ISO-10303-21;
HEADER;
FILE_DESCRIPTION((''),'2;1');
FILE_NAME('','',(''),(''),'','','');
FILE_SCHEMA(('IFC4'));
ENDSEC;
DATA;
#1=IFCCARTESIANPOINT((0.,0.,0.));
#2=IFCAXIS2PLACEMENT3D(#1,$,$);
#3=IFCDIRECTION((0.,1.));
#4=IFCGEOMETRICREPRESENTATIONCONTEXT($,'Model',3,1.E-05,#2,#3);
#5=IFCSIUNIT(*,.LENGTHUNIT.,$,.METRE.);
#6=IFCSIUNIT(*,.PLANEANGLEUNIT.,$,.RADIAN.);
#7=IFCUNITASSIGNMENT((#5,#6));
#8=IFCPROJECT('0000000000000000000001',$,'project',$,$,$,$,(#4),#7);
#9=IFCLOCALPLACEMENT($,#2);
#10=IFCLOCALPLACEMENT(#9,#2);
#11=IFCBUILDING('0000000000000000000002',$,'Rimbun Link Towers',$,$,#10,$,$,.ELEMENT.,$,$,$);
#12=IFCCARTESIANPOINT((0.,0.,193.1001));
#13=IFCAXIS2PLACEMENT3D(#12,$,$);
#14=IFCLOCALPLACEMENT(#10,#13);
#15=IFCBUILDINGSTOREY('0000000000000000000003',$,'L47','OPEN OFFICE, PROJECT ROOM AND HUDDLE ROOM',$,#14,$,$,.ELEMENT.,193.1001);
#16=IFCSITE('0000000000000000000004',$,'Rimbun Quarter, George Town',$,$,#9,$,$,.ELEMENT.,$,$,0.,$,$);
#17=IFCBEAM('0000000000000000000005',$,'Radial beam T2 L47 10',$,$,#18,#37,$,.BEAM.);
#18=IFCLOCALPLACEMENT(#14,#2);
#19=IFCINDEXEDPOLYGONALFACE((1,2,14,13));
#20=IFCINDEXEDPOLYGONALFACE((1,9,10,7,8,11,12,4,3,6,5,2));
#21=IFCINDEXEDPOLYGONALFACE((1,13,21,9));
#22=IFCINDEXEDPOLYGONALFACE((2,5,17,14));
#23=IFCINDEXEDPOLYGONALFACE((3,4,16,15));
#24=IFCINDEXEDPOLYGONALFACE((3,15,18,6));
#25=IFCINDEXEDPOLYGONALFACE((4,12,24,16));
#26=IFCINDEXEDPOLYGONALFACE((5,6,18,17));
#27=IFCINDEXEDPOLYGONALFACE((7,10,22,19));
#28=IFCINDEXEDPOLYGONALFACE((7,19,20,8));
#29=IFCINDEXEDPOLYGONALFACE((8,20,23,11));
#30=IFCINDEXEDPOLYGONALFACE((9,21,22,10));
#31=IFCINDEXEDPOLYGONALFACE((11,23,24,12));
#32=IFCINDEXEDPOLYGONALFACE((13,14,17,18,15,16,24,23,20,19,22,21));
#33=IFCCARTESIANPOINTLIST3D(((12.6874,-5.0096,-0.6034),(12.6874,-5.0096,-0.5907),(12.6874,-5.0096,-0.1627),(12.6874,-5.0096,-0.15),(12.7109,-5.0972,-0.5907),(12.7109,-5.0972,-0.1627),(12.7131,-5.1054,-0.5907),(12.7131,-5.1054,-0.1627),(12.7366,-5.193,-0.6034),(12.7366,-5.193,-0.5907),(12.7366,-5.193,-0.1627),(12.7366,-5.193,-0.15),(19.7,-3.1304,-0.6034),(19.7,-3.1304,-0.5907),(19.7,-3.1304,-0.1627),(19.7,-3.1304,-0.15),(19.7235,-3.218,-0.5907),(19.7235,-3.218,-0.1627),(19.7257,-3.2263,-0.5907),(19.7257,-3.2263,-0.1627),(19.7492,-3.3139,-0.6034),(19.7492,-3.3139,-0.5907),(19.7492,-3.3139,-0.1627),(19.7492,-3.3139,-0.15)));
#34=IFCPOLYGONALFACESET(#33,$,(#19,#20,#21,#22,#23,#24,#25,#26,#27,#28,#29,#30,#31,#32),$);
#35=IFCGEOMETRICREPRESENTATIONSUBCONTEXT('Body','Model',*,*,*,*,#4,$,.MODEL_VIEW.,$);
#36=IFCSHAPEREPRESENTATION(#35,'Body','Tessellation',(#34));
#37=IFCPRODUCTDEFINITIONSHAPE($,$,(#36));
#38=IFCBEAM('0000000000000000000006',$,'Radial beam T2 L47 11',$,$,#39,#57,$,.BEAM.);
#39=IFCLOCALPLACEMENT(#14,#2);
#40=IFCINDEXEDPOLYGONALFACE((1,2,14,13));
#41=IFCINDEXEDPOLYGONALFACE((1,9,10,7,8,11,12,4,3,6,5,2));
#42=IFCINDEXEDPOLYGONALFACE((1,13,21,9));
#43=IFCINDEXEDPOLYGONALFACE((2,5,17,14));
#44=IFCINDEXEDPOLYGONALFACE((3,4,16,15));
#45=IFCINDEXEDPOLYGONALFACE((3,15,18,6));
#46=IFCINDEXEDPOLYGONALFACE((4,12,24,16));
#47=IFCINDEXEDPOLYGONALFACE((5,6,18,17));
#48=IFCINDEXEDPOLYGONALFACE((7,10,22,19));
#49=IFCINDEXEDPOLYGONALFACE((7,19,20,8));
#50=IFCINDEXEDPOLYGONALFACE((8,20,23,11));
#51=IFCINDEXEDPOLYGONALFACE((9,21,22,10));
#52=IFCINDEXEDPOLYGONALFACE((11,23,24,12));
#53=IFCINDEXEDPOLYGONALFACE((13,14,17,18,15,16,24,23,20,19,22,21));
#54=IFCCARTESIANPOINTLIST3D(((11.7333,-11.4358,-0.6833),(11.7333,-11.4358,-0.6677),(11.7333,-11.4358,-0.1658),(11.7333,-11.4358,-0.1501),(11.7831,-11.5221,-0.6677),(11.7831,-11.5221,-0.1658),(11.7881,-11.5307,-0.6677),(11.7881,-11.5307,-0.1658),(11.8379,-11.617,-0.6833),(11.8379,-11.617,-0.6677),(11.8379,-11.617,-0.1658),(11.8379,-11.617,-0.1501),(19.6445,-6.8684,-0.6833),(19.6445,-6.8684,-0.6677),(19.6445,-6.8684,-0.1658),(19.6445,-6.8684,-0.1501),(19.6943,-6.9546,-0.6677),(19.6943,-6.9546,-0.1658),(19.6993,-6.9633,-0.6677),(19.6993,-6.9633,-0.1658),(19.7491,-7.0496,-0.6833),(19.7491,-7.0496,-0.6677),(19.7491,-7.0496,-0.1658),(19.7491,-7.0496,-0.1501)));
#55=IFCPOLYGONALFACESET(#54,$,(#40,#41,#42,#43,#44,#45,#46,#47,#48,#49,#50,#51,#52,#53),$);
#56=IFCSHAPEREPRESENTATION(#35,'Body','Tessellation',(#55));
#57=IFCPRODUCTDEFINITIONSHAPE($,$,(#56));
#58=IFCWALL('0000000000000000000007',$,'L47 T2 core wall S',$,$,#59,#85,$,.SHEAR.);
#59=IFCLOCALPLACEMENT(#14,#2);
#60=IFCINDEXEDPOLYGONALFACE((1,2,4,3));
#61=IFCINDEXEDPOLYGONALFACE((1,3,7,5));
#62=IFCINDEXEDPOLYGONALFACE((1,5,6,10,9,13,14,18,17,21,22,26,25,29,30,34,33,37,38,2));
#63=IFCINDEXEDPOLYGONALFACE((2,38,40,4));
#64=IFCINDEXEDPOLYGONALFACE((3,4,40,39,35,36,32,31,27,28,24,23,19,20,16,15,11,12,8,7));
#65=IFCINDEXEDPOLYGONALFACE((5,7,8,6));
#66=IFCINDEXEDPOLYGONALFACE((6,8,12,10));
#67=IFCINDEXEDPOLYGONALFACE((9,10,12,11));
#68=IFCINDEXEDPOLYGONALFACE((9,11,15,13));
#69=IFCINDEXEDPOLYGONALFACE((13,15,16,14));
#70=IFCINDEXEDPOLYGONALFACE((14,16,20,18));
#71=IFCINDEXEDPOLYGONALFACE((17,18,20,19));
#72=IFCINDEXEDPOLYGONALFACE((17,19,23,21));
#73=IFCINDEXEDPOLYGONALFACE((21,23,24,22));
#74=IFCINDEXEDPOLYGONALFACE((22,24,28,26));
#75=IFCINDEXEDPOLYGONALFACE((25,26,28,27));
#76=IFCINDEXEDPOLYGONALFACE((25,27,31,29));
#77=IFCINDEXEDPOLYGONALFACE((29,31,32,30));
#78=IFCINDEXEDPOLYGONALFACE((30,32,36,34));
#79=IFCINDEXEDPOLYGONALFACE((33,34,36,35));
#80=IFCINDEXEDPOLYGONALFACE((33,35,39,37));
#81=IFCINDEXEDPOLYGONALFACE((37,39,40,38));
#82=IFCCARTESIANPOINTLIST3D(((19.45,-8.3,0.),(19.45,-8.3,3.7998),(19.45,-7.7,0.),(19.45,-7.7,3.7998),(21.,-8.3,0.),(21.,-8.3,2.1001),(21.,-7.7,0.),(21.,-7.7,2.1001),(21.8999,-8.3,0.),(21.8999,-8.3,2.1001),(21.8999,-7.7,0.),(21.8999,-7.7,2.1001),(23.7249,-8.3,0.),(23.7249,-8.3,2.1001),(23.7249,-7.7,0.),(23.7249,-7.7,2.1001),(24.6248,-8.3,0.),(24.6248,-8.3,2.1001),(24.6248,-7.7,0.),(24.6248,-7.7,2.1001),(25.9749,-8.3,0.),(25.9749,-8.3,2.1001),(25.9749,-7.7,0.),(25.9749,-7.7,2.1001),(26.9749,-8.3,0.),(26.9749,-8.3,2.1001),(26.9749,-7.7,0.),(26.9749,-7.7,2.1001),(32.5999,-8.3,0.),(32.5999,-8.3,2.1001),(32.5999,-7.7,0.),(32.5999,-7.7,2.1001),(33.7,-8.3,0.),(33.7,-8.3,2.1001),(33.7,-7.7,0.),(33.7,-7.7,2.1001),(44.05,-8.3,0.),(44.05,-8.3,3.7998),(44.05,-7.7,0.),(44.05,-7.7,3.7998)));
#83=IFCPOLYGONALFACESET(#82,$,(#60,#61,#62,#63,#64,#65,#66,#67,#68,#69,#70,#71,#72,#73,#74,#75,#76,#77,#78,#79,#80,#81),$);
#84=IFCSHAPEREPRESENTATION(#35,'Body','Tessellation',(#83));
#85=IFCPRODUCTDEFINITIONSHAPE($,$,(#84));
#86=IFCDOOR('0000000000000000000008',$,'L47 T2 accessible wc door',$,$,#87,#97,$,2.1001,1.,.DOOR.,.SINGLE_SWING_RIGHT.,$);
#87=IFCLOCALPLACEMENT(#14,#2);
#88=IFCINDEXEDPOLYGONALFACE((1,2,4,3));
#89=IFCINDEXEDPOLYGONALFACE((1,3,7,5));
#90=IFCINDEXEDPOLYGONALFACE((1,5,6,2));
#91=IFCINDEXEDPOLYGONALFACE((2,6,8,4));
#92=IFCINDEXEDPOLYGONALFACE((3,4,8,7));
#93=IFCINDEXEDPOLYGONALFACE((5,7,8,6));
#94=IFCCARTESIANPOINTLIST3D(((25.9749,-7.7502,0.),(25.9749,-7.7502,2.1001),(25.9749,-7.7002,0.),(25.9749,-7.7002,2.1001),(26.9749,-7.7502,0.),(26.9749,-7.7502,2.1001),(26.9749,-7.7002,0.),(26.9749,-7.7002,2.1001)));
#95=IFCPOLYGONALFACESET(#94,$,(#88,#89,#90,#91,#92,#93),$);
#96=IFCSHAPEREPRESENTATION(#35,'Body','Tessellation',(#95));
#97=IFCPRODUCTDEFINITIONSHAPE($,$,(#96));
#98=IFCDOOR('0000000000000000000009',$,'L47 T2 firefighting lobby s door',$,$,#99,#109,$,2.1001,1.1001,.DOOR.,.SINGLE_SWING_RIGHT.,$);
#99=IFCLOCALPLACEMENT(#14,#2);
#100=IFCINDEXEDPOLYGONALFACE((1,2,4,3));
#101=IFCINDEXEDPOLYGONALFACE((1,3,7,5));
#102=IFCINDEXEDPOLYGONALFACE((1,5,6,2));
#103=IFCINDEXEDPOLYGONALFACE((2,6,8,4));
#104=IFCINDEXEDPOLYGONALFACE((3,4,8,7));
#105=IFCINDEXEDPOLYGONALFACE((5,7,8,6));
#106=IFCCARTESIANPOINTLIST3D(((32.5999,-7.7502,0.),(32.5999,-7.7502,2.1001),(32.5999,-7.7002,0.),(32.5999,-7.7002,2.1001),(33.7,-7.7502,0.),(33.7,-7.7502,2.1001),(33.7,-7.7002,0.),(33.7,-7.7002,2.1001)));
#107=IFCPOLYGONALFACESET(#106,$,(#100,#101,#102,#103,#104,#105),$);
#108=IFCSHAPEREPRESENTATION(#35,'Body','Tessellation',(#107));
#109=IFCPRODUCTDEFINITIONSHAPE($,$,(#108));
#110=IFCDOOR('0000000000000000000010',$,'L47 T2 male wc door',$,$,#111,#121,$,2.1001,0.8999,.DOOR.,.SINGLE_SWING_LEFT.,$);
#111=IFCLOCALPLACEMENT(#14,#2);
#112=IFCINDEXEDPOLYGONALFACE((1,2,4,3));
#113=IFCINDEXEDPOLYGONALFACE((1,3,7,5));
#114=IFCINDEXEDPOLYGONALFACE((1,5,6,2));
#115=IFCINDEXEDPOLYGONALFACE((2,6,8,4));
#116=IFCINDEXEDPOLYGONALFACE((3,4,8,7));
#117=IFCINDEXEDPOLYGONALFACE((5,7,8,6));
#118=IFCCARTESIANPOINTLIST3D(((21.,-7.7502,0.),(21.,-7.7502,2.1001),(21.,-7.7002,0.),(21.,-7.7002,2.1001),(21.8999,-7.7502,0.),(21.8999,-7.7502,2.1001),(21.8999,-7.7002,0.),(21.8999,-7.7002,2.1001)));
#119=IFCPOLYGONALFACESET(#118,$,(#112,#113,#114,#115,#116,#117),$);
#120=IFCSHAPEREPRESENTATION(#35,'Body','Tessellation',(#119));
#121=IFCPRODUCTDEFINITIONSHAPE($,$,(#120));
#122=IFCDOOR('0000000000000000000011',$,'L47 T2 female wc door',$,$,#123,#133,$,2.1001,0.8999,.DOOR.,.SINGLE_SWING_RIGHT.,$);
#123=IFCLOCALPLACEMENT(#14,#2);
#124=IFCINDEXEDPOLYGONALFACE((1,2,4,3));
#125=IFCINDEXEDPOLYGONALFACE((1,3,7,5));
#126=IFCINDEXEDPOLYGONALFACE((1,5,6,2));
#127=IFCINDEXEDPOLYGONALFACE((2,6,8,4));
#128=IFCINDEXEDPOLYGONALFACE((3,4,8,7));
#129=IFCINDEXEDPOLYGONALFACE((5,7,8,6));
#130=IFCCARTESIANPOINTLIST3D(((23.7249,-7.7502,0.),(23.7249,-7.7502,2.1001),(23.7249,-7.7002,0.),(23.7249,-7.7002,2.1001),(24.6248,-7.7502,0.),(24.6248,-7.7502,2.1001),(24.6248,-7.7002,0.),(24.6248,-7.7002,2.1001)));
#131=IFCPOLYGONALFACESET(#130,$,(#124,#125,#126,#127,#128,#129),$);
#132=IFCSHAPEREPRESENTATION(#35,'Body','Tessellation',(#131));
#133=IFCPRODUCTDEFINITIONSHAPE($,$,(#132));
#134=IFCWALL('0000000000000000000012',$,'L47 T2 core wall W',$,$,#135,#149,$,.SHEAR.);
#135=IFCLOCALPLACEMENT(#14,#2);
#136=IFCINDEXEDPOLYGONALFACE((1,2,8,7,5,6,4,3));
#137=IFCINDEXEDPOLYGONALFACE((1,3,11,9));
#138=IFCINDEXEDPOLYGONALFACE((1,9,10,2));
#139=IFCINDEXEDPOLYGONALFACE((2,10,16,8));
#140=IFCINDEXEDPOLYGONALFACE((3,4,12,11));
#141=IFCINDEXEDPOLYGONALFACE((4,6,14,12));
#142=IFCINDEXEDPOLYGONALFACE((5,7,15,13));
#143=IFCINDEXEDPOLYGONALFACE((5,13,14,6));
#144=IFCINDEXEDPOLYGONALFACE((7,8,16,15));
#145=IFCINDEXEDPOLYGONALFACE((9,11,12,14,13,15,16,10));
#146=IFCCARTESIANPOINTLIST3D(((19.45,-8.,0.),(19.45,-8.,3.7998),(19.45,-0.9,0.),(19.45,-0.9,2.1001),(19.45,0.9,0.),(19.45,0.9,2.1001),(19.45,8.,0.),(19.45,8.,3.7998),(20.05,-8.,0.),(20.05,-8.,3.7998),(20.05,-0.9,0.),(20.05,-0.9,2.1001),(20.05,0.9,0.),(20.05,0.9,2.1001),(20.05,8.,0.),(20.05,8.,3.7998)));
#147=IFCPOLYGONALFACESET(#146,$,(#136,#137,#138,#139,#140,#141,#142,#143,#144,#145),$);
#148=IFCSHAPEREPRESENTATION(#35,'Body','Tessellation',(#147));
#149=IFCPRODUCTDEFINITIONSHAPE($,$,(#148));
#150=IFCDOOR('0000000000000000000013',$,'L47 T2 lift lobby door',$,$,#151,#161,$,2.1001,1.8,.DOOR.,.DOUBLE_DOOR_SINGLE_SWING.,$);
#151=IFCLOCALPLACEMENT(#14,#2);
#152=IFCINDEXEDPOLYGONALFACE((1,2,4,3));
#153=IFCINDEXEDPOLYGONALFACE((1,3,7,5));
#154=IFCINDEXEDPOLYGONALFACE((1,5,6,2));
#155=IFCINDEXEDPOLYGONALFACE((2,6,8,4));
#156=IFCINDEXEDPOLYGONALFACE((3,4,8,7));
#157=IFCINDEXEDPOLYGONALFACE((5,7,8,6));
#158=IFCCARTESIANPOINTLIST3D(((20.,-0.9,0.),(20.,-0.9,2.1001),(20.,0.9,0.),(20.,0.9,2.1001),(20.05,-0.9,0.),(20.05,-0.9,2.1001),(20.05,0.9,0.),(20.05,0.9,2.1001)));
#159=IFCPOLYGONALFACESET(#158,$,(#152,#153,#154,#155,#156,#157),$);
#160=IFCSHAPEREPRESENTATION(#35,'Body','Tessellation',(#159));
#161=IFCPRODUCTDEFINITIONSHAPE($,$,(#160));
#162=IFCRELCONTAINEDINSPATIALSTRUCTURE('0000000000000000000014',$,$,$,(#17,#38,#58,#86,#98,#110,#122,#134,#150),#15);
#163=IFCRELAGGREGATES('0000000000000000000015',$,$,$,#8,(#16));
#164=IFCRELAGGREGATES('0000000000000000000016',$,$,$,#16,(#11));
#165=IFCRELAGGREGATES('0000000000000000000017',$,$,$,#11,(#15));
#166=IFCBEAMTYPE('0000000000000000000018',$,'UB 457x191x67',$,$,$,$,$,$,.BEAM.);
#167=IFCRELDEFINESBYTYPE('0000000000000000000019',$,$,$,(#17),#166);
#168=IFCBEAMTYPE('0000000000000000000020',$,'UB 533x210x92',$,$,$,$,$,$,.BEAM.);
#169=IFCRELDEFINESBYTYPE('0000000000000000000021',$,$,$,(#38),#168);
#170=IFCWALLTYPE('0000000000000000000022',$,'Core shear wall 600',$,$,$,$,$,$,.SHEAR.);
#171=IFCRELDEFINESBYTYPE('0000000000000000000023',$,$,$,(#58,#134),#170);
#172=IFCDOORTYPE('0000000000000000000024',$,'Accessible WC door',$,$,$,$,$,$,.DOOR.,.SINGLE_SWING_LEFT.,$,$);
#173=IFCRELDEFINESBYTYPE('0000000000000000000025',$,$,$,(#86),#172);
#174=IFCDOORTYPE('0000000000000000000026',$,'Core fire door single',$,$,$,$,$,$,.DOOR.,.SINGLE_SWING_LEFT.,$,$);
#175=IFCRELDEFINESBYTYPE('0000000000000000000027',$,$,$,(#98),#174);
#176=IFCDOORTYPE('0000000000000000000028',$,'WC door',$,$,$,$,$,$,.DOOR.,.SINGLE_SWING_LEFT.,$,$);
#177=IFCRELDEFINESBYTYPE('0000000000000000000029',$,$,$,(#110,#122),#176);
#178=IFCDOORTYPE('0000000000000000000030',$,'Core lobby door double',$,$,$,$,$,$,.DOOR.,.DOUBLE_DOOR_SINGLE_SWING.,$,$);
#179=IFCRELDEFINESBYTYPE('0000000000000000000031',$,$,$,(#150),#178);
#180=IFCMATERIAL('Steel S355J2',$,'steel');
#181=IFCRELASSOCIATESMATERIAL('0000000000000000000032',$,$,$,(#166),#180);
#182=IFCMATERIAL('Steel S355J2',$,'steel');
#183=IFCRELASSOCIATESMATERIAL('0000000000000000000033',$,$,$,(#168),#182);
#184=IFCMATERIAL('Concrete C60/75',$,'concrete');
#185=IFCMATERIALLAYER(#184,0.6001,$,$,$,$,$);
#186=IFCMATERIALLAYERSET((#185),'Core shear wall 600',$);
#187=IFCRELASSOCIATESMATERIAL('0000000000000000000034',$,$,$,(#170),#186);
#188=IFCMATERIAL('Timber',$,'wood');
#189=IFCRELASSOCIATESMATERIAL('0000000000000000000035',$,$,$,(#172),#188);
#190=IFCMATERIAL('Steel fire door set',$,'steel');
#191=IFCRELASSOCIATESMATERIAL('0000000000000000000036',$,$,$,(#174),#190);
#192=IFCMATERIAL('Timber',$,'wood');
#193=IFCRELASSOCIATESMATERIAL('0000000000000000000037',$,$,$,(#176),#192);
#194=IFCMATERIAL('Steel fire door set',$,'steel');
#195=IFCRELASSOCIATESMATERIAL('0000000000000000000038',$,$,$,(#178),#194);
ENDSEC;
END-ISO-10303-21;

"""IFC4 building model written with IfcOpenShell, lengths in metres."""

from ifc_helpers import new_model, si_unit, direction, frame, frame_2d, origin, origin_2d, place, context, subcontext, project, spatial, rectangle, i_section, extrude, material, layer, layer_set, material_profile, profile_set, type_object, element, fill, save


model = new_model("IFC4")

# Units and contexts
model_context = context("Model", 3, precision=1e-05, world=origin(), true_north=direction((0.0, 1.0)))
body_context = subcontext(model_context, "Body", "Model", "MODEL_VIEW")
ifc_project = project(units=[si_unit("LENGTHUNIT", "METRE"), si_unit("PLANEANGLEUNIT", "RADIAN")], contexts=[model_context])

# Site, building, storey
site_placement = place(None, origin())
site = spatial("IfcSite", under=ifc_project, at=site_placement, Name="Rimbun Quarter, George Town", CompositionType="ELEMENT", RefElevation=0.0)
building_placement = place(site_placement, origin())
building = spatial("IfcBuilding", under=site, at=building_placement, Name="Rimbun Link Towers", CompositionType="ELEMENT")
storey_placement = place(building_placement, frame((0.0, 0.0, 193.1001)))
storey = spatial("IfcBuildingStorey", under=building, at=storey_placement, Name="L47", Description="OPEN OFFICE, PROJECT ROOM AND HUDDLE ROOM", CompositionType="ELEMENT", Elevation=193.1001)

# Beams
ifc_material_1 = material(Name="Steel S355J2", Category="steel")
ifc_material_profile_1 = material_profile(ifc_material_1, i_section(OverallWidth=0.1899, OverallDepth=0.4534, WebThickness=0.0085, FlangeThickness=0.0127, at=origin_2d()), Name="UB 457x191x67")
ifc_profile_set_1 = profile_set([ifc_material_profile_1], Name="Steel S355J2")
beam_type_1 = type_object("IfcBeamType", Name="UB 457x191x67", PredefinedType="BEAM", material=ifc_profile_set_1)
beam_1_placement = place(storey_placement, frame((19.7246, -3.2222, -0.3767), z_axis=(-0.965922, -0.258832, 0.0), x_axis=(0.258832, -0.965922, 0.0)))
element("IfcBeam", 1, at=beam_1_placement, inside=storey, type_object=beam_type_1, Name="Radial beam T2 L47 10", PredefinedType="BEAM", context=body_context, shape_type="SweptSolid", body=[
    extrude(i_section(OverallWidth=0.1899, OverallDepth=0.4534, WebThickness=0.0085, FlangeThickness=0.0127, at=origin_2d()), origin(), (0.0, 0.0, 1.0), 7.26),
])
ifc_material_2 = material(Name="Steel S355J2", Category="steel")
ifc_material_profile_2 = material_profile(ifc_material_2, i_section(OverallWidth=0.2092, OverallDepth=0.5332, WebThickness=0.01, FlangeThickness=0.0156, at=origin_2d()), Name="UB 533x210x92")
ifc_profile_set_2 = profile_set([ifc_material_profile_2], Name="Steel S355J2")
beam_type_2 = type_object("IfcBeamType", Name="UB 533x210x92", PredefinedType="BEAM", material=ifc_profile_set_2)
beam_2_placement = place(storey_placement, frame((19.6968, -6.959, -0.4167), z_axis=(-0.866031, -0.499991, 0.0), x_axis=(0.499991, -0.866031, 0.0)))
element("IfcBeam", 2, at=beam_2_placement, inside=storey, type_object=beam_type_2, Name="Radial beam T2 L47 11", PredefinedType="BEAM", context=body_context, shape_type="SweptSolid", body=[
    extrude(i_section(OverallWidth=0.2092, OverallDepth=0.5332, WebThickness=0.01, FlangeThickness=0.0156, at=origin_2d()), origin(), (0.0, 0.0, 1.0), 9.135),
])

# Wall, openings, doors
ifc_material_3 = material(Name="Concrete C60/75", Category="concrete")
ifc_layer_1 = layer(ifc_material_3, 0.6001)
ifc_layer_set_1 = layer_set([ifc_layer_1], Name="Core shear wall 600")
wall_type_1 = type_object("IfcWallType", Name="Core shear wall 600", PredefinedType="SHEAR", material=ifc_layer_set_1)
wall_1_placement = place(storey_placement, frame((19.45, -8.0, 0.0), z_axis=(0.0, 0.0, 1.0), x_axis=(1.0, 0.0, 0.0)))
wall_1 = element("IfcWall", 3, at=wall_1_placement, inside=storey, type_object=wall_type_1, Name="L47 T2 core wall S", PredefinedType="SHEAR", context=body_context, shape_type="SweptSolid", body=[
    extrude(rectangle(XDim=24.6001, YDim=0.6001, at=frame_2d((12.3, 0.0))), origin(), (0.0, 0.0, 1.0), 3.7998),
])
opening_1_placement = place(wall_1_placement, frame((13.1499, 0.0, 0.0)))
opening_1 = element("IfcOpeningElement", 4, at=opening_1_placement, cuts=wall_1, PredefinedType="OPENING", context=body_context, shape_type="SweptSolid", body=[
    extrude(rectangle(XDim=1.1001, YDim=2.1001, at=frame_2d((0.55, 1.05))), frame((0.0, 0.3101, 0.0), z_axis=(0.0, -1.0, 0.0), x_axis=(1.0, 0.0, 0.0)), (0.0, 0.0, 1.0), 0.6201),
])
opening_2_placement = place(wall_1_placement, frame((1.55, 0.0, 0.0)))
opening_2 = element("IfcOpeningElement", 5, at=opening_2_placement, cuts=wall_1, PredefinedType="OPENING", context=body_context, shape_type="SweptSolid", body=[
    extrude(rectangle(XDim=0.8999, YDim=2.1001, at=frame_2d((0.45, 1.05))), frame((0.0, 0.3101, 0.0), z_axis=(0.0, -1.0, 0.0), x_axis=(1.0, 0.0, 0.0)), (0.0, 0.0, 1.0), 0.6201),
])
opening_3_placement = place(wall_1_placement, frame((4.2749, 0.0, 0.0)))
opening_3 = element("IfcOpeningElement", 6, at=opening_3_placement, cuts=wall_1, PredefinedType="OPENING", context=body_context, shape_type="SweptSolid", body=[
    extrude(rectangle(XDim=0.8999, YDim=2.1001, at=frame_2d((0.45, 1.05))), frame((0.0, 0.3101, 0.0), z_axis=(0.0, -1.0, 0.0), x_axis=(1.0, 0.0, 0.0)), (0.0, 0.0, 1.0), 0.6201),
])
opening_4_placement = place(wall_1_placement, frame((6.5249, 0.0, 0.0)))
opening_4 = element("IfcOpeningElement", 7, at=opening_4_placement, cuts=wall_1, PredefinedType="OPENING", context=body_context, shape_type="SweptSolid", body=[
    extrude(rectangle(XDim=1.0, YDim=2.1001, at=frame_2d((0.5, 1.05))), frame((0.0, 0.3101, 0.0), z_axis=(0.0, -1.0, 0.0), x_axis=(1.0, 0.0, 0.0)), (0.0, 0.0, 1.0), 0.6201),
])
ifc_material_4 = material(Name="Timber", Category="wood")
door_type_1 = type_object("IfcDoorType", Name="Accessible WC door", OperationType="SINGLE_SWING_LEFT", PredefinedType="DOOR", material=ifc_material_4)
door_1_placement = place(opening_4_placement, origin())
door_1 = element("IfcDoor", 8, at=door_1_placement, inside=storey, type_object=door_type_1, Name="L47 T2 accessible wc door", OperationType="SINGLE_SWING_RIGHT", OverallHeight=2.1001, OverallWidth=1.0, PredefinedType="DOOR", context=body_context, shape_type="SweptSolid", body=[
    extrude(rectangle(XDim=1.0, YDim=2.1001, at=frame_2d((0.5, 1.05))), frame((0.0, 0.2998, 0.0), z_axis=(0.0, -1.0, 0.0), x_axis=(1.0, 0.0, 0.0)), (0.0, 0.0, 1.0), 0.05),
])
fill(opening_4, door_1)
ifc_material_5 = material(Name="Steel fire door set", Category="steel")
door_type_2 = type_object("IfcDoorType", Name="Core fire door single", OperationType="SINGLE_SWING_LEFT", PredefinedType="DOOR", material=ifc_material_5)
door_2_placement = place(opening_1_placement, origin())
door_2 = element("IfcDoor", 9, at=door_2_placement, inside=storey, type_object=door_type_2, Name="L47 T2 firefighting lobby s door", OperationType="SINGLE_SWING_RIGHT", OverallHeight=2.1001, OverallWidth=1.1001, PredefinedType="DOOR", context=body_context, shape_type="SweptSolid", body=[
    extrude(rectangle(XDim=1.1001, YDim=2.1001, at=frame_2d((0.55, 1.05))), frame((0.0, 0.2998, 0.0), z_axis=(0.0, -1.0, 0.0), x_axis=(1.0, 0.0, 0.0)), (0.0, 0.0, 1.0), 0.05),
])
fill(opening_1, door_2)
ifc_material_6 = material(Name="Timber", Category="wood")
door_type_3 = type_object("IfcDoorType", Name="WC door", OperationType="SINGLE_SWING_LEFT", PredefinedType="DOOR", material=ifc_material_6)
door_3_placement = place(opening_2_placement, origin())
door_3 = element("IfcDoor", 10, at=door_3_placement, inside=storey, type_object=door_type_3, Name="L47 T2 male wc door", OperationType="SINGLE_SWING_LEFT", OverallHeight=2.1001, OverallWidth=0.8999, PredefinedType="DOOR", context=body_context, shape_type="SweptSolid", body=[
    extrude(rectangle(XDim=0.8999, YDim=2.1001, at=frame_2d((0.45, 1.05))), frame((0.0, 0.2998, 0.0), z_axis=(0.0, -1.0, 0.0), x_axis=(1.0, 0.0, 0.0)), (0.0, 0.0, 1.0), 0.05),
])
fill(opening_2, door_3)
door_4_placement = place(opening_3_placement, origin())
door_4 = element("IfcDoor", 11, at=door_4_placement, inside=storey, type_object=door_type_3, Name="L47 T2 female wc door", OperationType="SINGLE_SWING_RIGHT", OverallHeight=2.1001, OverallWidth=0.8999, PredefinedType="DOOR", context=body_context, shape_type="SweptSolid", body=[
    extrude(rectangle(XDim=0.8999, YDim=2.1001, at=frame_2d((0.45, 1.05))), frame((0.0, 0.2998, 0.0), z_axis=(0.0, -1.0, 0.0), x_axis=(1.0, 0.0, 0.0)), (0.0, 0.0, 1.0), 0.05),
])
fill(opening_3, door_4)

# Wall, opening, door
wall_2_placement = place(storey_placement, frame((19.75, -8.0, 0.0), z_axis=(0.0, 0.0, 1.0), x_axis=(0.0, 1.0, 0.0)))
wall_2 = element("IfcWall", 12, at=wall_2_placement, inside=storey, type_object=wall_type_1, Name="L47 T2 core wall W", PredefinedType="SHEAR", context=body_context, shape_type="SweptSolid", body=[
    extrude(rectangle(XDim=16.0, YDim=0.6001, at=frame_2d((8.0, 0.0))), origin(), (0.0, 0.0, 1.0), 3.7998),
])
opening_5_placement = place(wall_2_placement, frame((7.1001, 0.0, 0.0)))
opening_5 = element("IfcOpeningElement", 13, at=opening_5_placement, cuts=wall_2, PredefinedType="OPENING", context=body_context, shape_type="SweptSolid", body=[
    extrude(rectangle(XDim=1.8, YDim=2.1001, at=frame_2d((0.8999, 1.05))), frame((0.0, 0.3101, 0.0), z_axis=(0.0, -1.0, 0.0), x_axis=(1.0, 0.0, 0.0)), (0.0, 0.0, 1.0), 0.6201),
])
ifc_material_7 = material(Name="Steel fire door set", Category="steel")
door_type_4 = type_object("IfcDoorType", Name="Core lobby door double", OperationType="DOUBLE_DOOR_SINGLE_SWING", PredefinedType="DOOR", material=ifc_material_7)
door_5_placement = place(opening_5_placement, origin())
door_5 = element("IfcDoor", 14, at=door_5_placement, inside=storey, type_object=door_type_4, Name="L47 T2 lift lobby door", OperationType="DOUBLE_DOOR_SINGLE_SWING", OverallHeight=2.1001, OverallWidth=1.8, PredefinedType="DOOR", context=body_context, shape_type="SweptSolid", body=[
    extrude(rectangle(XDim=1.8, YDim=2.1001, at=frame_2d((0.8999, 1.05))), frame((0.0, -0.25, 0.0), z_axis=(0.0, -1.0, 0.0), x_axis=(1.0, 0.0, 0.0)), (0.0, 0.0, 1.0), 0.05),
])
fill(opening_5, door_5)

save(model, "model.ifc")
